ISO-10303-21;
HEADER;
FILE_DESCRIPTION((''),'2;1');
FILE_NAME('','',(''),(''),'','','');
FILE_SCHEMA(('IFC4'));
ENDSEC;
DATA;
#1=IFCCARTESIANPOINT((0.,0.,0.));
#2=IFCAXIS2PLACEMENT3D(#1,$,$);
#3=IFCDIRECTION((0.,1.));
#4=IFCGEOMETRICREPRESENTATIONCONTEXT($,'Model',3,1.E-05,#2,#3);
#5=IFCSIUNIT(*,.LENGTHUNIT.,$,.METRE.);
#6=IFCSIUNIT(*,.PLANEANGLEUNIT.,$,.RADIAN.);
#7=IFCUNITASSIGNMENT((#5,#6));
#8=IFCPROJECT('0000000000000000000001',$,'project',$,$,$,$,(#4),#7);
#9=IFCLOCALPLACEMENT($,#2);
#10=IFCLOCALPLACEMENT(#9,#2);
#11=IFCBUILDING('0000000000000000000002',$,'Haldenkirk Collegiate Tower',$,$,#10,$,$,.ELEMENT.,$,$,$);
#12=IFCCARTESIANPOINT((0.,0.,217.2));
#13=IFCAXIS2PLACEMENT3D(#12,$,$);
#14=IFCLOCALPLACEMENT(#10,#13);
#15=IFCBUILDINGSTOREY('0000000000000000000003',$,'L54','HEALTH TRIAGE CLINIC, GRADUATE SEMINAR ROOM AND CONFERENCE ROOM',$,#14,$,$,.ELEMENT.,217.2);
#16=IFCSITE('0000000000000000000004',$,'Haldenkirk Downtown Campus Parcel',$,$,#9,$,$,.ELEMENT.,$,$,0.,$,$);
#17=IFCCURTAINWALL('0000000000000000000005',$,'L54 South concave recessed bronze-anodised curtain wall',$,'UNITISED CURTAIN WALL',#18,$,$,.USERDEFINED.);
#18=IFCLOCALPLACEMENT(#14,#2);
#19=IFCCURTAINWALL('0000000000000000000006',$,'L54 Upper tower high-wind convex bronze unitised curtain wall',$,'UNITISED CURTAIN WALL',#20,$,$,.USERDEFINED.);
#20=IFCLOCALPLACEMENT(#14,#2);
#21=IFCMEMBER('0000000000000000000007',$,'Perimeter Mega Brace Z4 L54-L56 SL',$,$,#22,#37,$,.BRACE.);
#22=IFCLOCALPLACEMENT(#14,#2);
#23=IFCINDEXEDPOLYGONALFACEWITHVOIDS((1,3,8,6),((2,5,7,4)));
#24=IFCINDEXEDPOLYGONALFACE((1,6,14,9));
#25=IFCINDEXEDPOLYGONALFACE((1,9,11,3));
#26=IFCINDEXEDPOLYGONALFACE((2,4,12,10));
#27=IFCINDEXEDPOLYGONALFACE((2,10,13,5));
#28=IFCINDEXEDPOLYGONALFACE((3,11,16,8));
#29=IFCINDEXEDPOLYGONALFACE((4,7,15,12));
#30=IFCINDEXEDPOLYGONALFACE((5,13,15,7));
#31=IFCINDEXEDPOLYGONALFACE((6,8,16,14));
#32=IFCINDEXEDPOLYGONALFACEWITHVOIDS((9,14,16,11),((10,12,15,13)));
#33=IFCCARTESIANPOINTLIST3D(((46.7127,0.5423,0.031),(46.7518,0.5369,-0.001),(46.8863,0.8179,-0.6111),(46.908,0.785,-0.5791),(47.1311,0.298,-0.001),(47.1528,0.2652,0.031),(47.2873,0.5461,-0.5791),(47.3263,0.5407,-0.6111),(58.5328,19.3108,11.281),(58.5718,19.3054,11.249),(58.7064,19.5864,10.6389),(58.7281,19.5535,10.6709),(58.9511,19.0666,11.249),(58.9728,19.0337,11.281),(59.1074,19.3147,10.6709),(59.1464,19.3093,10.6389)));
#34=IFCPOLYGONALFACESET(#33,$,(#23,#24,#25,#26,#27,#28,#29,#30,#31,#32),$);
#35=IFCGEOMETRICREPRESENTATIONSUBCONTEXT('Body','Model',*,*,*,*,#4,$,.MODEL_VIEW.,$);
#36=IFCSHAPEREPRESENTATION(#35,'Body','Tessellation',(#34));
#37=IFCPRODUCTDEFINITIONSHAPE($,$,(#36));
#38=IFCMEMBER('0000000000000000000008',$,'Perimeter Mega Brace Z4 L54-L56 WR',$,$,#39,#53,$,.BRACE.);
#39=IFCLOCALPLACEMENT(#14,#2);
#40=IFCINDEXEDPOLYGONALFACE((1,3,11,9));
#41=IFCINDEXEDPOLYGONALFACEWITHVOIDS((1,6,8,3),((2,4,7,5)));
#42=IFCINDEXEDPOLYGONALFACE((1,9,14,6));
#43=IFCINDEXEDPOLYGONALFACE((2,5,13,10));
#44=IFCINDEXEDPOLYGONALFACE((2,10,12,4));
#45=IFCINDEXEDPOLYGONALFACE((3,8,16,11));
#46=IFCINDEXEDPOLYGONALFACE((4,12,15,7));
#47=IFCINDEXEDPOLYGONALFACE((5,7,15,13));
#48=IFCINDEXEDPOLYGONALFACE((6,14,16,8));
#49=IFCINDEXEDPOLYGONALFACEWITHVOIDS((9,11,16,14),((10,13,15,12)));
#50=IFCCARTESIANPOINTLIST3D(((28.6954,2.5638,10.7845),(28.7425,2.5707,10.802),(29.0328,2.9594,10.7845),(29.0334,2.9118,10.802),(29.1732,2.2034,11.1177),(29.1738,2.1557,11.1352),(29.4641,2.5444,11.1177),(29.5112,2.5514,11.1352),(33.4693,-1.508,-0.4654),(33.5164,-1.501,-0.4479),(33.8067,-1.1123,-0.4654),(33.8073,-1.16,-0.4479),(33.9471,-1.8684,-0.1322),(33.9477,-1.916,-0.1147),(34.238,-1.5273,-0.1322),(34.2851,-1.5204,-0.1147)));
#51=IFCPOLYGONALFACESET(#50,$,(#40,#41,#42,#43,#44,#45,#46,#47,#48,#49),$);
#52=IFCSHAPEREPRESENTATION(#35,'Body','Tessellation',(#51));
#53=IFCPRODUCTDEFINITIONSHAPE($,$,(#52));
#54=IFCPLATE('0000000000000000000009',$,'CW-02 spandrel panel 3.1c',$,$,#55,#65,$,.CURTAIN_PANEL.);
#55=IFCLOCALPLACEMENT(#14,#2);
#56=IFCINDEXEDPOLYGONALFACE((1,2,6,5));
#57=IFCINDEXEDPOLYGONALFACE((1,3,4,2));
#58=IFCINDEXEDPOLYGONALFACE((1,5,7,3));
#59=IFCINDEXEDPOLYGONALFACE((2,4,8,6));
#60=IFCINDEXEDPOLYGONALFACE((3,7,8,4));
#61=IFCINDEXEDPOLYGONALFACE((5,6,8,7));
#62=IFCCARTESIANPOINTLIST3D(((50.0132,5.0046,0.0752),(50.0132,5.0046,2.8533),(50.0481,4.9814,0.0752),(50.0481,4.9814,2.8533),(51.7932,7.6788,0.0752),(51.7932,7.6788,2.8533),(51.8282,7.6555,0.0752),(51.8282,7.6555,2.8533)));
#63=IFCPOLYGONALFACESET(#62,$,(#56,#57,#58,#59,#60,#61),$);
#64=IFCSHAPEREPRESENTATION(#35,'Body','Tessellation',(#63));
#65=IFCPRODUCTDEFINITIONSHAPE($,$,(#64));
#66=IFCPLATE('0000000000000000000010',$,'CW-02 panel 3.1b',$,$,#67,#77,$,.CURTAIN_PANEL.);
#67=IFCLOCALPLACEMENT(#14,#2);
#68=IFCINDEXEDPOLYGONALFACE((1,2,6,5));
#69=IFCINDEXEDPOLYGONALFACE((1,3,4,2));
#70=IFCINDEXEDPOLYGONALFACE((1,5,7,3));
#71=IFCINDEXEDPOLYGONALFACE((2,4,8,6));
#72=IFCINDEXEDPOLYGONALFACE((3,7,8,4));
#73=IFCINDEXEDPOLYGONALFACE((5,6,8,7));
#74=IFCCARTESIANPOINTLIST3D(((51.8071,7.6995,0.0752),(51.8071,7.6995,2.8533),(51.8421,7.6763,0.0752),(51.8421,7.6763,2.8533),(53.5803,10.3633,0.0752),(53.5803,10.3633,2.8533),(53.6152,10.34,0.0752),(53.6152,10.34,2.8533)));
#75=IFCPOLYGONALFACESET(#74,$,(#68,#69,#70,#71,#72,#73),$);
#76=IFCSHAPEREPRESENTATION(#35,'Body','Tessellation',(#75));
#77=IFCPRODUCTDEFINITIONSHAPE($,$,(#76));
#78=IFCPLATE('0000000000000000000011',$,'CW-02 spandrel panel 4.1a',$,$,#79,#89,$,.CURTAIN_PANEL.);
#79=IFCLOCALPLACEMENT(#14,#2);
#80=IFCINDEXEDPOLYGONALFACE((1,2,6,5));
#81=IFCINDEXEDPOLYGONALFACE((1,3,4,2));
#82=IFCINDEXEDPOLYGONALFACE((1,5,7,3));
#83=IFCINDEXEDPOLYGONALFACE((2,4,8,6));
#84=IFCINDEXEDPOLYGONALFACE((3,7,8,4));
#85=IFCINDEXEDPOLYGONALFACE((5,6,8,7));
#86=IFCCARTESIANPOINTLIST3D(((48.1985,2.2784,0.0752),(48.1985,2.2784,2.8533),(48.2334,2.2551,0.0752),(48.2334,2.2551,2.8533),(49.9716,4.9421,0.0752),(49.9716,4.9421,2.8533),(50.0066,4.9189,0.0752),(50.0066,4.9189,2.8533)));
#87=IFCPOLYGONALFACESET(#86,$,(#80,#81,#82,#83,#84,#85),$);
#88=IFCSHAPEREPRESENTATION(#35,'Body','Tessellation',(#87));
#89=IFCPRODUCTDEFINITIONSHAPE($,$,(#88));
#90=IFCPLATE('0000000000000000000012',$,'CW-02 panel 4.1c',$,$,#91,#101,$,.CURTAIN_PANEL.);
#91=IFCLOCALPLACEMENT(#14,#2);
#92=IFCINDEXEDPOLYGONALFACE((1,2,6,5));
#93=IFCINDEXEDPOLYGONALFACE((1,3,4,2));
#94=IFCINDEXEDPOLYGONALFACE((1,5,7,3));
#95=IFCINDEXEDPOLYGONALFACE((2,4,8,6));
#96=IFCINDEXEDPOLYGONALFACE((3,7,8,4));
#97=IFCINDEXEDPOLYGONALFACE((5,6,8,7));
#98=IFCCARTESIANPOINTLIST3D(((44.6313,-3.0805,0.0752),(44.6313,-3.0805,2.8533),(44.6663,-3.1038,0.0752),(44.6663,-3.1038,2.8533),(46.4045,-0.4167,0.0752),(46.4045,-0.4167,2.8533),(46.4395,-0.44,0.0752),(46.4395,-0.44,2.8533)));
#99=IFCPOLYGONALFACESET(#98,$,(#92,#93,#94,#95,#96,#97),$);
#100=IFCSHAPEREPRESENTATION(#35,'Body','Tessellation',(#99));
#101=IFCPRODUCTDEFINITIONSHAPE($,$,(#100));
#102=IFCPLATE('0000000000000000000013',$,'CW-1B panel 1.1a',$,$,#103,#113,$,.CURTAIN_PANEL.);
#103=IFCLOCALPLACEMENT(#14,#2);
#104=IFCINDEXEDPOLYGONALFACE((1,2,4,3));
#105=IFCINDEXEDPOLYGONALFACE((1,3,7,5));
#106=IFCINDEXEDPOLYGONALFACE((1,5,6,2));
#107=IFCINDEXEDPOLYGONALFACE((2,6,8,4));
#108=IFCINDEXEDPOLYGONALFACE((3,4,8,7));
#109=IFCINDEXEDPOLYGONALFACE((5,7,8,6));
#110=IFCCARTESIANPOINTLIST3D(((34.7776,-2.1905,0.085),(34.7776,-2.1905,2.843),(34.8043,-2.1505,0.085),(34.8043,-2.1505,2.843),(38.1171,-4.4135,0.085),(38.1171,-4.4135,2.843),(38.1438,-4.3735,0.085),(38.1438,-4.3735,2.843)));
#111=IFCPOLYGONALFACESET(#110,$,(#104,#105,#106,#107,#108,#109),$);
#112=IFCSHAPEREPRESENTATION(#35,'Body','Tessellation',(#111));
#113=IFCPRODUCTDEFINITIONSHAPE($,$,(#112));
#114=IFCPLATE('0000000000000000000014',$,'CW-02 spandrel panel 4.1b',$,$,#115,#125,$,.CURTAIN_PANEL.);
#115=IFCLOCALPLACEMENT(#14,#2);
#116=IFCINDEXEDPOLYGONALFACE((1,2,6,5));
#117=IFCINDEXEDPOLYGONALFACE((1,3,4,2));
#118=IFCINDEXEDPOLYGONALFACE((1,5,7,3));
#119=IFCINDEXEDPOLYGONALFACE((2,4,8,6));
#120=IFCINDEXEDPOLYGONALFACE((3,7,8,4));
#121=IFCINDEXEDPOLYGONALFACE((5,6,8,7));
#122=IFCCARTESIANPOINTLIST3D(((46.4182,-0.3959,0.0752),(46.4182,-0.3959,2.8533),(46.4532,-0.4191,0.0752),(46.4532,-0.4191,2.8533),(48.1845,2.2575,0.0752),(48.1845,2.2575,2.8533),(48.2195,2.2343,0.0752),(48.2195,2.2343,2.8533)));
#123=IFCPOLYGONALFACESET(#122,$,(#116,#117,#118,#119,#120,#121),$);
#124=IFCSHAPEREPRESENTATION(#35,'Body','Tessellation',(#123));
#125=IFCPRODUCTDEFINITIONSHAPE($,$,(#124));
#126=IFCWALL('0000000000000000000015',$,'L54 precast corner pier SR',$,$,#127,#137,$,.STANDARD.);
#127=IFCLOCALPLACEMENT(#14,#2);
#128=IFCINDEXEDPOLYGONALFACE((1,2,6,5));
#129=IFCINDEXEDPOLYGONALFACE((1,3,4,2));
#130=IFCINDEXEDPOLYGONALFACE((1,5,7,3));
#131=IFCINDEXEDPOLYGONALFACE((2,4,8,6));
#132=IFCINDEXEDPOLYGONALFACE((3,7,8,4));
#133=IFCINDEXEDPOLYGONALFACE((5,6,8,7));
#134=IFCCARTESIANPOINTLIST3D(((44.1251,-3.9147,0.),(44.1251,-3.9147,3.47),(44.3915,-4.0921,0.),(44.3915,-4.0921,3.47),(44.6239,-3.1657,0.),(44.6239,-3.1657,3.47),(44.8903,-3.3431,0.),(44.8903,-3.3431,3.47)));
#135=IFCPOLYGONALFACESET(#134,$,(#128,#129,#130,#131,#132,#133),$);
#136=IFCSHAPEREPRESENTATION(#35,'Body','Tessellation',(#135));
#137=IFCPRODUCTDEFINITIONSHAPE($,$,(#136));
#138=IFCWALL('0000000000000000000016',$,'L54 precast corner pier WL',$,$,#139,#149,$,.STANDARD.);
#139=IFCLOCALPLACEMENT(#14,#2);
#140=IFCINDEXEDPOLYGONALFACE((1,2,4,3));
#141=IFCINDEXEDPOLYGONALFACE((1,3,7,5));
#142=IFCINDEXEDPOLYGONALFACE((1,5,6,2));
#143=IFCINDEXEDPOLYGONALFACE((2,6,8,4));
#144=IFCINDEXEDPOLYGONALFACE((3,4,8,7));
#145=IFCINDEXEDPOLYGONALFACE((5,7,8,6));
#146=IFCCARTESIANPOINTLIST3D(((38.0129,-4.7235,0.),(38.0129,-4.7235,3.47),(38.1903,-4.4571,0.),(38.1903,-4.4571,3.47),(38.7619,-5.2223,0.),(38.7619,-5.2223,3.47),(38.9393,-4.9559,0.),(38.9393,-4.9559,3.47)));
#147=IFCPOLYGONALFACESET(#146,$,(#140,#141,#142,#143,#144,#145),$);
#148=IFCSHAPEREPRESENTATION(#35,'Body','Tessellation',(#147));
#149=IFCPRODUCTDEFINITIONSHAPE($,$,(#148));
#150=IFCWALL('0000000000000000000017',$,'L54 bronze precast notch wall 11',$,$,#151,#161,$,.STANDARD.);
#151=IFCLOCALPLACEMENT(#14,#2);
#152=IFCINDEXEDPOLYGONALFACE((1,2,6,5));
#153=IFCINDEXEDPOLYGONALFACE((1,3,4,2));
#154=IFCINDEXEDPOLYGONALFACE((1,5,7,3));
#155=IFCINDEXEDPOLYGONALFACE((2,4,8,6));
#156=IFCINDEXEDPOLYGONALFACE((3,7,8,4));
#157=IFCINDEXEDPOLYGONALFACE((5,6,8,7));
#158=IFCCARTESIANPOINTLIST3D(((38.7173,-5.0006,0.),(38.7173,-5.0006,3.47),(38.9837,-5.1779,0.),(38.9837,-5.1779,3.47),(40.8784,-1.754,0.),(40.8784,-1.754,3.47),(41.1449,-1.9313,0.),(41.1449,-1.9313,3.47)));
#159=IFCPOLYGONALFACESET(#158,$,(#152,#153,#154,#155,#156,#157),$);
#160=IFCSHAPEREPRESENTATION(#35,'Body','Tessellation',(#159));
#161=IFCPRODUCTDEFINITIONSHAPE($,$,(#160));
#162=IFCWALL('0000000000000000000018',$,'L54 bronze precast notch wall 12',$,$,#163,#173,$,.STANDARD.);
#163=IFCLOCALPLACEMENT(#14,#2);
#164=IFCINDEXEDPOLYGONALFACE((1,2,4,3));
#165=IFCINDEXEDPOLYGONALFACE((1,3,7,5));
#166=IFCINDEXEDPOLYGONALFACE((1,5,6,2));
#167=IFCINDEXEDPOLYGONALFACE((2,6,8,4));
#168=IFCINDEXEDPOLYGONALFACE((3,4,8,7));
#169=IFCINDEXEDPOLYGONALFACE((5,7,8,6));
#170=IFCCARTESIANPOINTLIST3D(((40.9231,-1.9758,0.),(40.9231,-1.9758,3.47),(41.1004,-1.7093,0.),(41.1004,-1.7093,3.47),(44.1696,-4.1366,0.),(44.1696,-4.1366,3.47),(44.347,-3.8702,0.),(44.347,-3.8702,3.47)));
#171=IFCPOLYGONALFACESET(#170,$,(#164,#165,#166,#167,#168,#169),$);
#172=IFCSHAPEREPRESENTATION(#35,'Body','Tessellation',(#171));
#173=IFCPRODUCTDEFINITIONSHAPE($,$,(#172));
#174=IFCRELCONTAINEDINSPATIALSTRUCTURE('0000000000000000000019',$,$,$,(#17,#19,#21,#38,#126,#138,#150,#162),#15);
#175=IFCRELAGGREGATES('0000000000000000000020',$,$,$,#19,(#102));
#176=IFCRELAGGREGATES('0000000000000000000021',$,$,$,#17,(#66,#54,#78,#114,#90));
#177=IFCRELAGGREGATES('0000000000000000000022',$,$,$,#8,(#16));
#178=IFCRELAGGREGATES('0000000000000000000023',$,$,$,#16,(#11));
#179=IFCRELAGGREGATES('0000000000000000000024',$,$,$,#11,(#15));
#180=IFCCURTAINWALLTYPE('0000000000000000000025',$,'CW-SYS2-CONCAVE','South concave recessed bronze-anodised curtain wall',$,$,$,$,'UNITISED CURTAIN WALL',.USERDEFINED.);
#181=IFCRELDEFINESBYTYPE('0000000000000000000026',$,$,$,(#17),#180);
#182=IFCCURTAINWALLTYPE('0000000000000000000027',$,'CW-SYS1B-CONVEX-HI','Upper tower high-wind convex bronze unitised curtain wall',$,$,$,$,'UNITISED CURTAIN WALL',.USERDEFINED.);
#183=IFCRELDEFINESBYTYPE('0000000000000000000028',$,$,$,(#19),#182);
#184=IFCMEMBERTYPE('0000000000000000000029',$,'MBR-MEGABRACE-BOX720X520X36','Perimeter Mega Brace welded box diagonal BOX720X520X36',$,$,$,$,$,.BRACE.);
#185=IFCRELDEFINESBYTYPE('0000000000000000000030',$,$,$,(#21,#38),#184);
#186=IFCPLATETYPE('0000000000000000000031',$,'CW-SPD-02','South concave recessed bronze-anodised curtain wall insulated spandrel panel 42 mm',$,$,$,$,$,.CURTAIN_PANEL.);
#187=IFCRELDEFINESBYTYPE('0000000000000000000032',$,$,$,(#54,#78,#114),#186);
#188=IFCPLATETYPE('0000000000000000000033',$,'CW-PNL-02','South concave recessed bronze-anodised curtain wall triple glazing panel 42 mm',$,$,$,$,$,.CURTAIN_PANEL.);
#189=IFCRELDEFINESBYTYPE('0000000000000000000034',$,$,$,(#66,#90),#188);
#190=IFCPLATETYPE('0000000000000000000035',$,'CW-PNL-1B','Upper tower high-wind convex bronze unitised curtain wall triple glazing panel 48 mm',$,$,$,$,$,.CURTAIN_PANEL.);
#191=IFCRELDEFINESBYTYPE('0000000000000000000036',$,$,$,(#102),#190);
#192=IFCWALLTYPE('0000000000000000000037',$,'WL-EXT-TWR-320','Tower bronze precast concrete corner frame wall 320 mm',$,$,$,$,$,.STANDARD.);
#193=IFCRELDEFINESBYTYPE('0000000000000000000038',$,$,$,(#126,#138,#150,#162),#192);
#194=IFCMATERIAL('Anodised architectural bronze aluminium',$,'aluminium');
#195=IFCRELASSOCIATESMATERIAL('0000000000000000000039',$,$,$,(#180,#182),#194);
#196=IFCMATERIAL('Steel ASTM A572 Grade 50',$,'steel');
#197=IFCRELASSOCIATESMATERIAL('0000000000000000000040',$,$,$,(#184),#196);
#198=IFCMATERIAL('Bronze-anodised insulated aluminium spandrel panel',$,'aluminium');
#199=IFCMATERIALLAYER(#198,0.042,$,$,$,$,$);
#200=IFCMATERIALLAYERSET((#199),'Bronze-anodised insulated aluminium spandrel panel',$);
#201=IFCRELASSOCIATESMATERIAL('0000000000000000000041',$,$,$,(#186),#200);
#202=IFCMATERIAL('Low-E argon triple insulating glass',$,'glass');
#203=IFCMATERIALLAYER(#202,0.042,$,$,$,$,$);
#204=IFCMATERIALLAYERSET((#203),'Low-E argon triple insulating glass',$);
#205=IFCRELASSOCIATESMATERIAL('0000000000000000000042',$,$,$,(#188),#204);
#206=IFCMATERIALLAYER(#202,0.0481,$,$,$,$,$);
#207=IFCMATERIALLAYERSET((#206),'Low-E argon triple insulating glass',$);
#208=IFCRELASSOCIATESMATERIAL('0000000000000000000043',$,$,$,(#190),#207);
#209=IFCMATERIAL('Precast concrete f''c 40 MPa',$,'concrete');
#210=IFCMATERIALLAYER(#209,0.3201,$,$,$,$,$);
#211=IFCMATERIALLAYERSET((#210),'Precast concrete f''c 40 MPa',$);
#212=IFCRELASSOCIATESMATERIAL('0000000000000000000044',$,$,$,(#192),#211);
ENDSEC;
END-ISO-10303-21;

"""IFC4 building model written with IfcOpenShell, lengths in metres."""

from ifc_helpers import new_model, si_unit, direction, frame, frame_2d, origin, origin_2d, place, context, subcontext, project, spatial, rectangle, hollow_rectangle, extrude, source, transform, mapped, material, layer, layer_set, material_profile, profile_set, type_object, element, aggregate, save


model = new_model("IFC4")

# Units and contexts
model_context = context("Model", 3, precision=1e-05, world=origin(), true_north=direction((0.0, 1.0)))
body_context = subcontext(model_context, "Body", "Model", "MODEL_VIEW")
ifc_project = project(units=[si_unit("LENGTHUNIT", "METRE"), si_unit("PLANEANGLEUNIT", "RADIAN")], contexts=[model_context])

# Site, building, storey
site_placement = place(None, origin())
site = spatial("IfcSite", under=ifc_project, at=site_placement, Name="Haldenkirk Downtown Campus Parcel", CompositionType="ELEMENT", RefElevation=0.0)
building_placement = place(site_placement, origin())
building = spatial("IfcBuilding", under=site, at=building_placement, Name="Haldenkirk Collegiate Tower", CompositionType="ELEMENT")
storey_placement = place(building_placement, frame((0.0, 0.0, 217.2)))
storey = spatial("IfcBuildingStorey", under=building, at=storey_placement, Name="L54", Description="HEALTH TRIAGE CLINIC, GRADUATE SEMINAR ROOM AND CONFERENCE ROOM", CompositionType="ELEMENT", Elevation=217.2)

# Shared definitions
ifc_material_1 = material(Name="Steel ASTM A572 Grade 50", Category="steel")

# Curtain wall
ifc_material_2 = material(Name="Anodised architectural bronze aluminium", Category="aluminium")
curtain_wall_type_1 = type_object("IfcCurtainWallType", Name="CW-SYS2-CONCAVE", Description="South concave recessed bronze-anodised curtain wall", ElementType="UNITISED CURTAIN WALL", PredefinedType="USERDEFINED", material=ifc_material_2)
curtain_wall_1_placement = place(storey_placement, origin())
curtain_wall_1 = element("IfcCurtainWall", 1, at=curtain_wall_1_placement, inside=storey, type_object=curtain_wall_type_1, Name="L54 South concave recessed bronze-anodised curtain wall", ObjectType="UNITISED CURTAIN WALL", PredefinedType="USERDEFINED")

# Curtain wall
curtain_wall_type_2 = type_object("IfcCurtainWallType", Name="CW-SYS1B-CONVEX-HI", Description="Upper tower high-wind convex bronze unitised curtain wall", ElementType="UNITISED CURTAIN WALL", PredefinedType="USERDEFINED", material=ifc_material_2)
curtain_wall_2_placement = place(storey_placement, origin())
curtain_wall_2 = element("IfcCurtainWall", 2, at=curtain_wall_2_placement, inside=storey, type_object=curtain_wall_type_2, Name="L54 Upper tower high-wind convex bronze unitised curtain wall", ObjectType="UNITISED CURTAIN WALL", PredefinedType="USERDEFINED")

# Members
ifc_material_profile_1 = material_profile(ifc_material_1, hollow_rectangle(XDim=0.52, YDim=0.72, WallThickness=0.0359, at=origin_2d()), Name="BOX720X520X36")
ifc_profile_set_1 = profile_set([ifc_material_profile_1], Name="Steel ASTM A572 Grade 50")
member_type_1 = type_object("IfcMemberType", Name="MBR-MEGABRACE-BOX720X520X36", Description="Perimeter Mega Brace welded box diagonal BOX720X520X36", PredefinedType="BRACE", material=ifc_profile_set_1)
member_1_placement = place(storey_placement, frame((47.0195, 0.5415, -0.29), z_axis=(0.475267, 0.754655, 0.452346), x_axis=(-0.846175, 0.532905, 0.0)))
element("IfcMember", 3, at=member_1_placement, inside=storey, type_object=member_type_1, Name="Perimeter Mega Brace Z4 L54-L56 SL", PredefinedType="BRACE", context=body_context, shape_type="SweptSolid", body=[
    extrude(hollow_rectangle(XDim=0.52, YDim=0.72, WallThickness=0.0359, at=origin_2d()), origin(), (0.0, 0.0, 1.0), 24.8704),
])
member_2_placement = place(storey_placement, frame((33.8772, -1.5142, -0.29), z_axis=(-0.370604, 0.316096, 0.873348), x_axis=(-0.648937, -0.760842, 0.0)))
element("IfcMember", 4, at=member_2_placement, inside=storey, type_object=member_type_1, Name="Perimeter Mega Brace Z4 L54-L56 WR", PredefinedType="BRACE", context=body_context, shape_type="SweptSolid", body=[
    extrude(hollow_rectangle(XDim=0.52, YDim=0.72, WallThickness=0.0359, at=origin_2d()), origin(), (0.0, 0.0, 1.0), 12.8813),
])

# Plates
ifc_material_3 = material(Name="Bronze-anodised insulated aluminium spandrel panel", Category="aluminium")
ifc_layer_1 = layer(ifc_material_3, 0.042)
ifc_layer_set_1 = layer_set([ifc_layer_1], Name="Bronze-anodised insulated aluminium spandrel panel")
plate_type_1 = type_object("IfcPlateType", Name="CW-SPD-02", Description="South concave recessed bronze-anodised curtain wall insulated spandrel panel 42 mm", PredefinedType="CURTAIN_PANEL", material=ifc_layer_set_1)
shared_shape_1 = source(origin(), body_context, "Body", "SweptSolid", [
    extrude(rectangle(XDim=3.2124, YDim=0.042, at=origin_2d()), origin(), (0.0, 0.0, 1.0), 2.7781),
])
plate_1_placement = place(storey_placement, frame((50.9207, 6.3301, 0.0752), z_axis=(0.0, 0.0, 1.0), x_axis=(-0.554118, -0.832438, 0.0)))
plate_1 = element("IfcPlate", 5, at=plate_1_placement, type_object=plate_type_1, Name="CW-02 spandrel panel 3.1c", PredefinedType="CURTAIN_PANEL", context=body_context, shape_type="MappedRepresentation", body=[
    mapped(shared_shape_1, transform((0.0, 0.0, 0.0), x_axis=(1.0, 0.0, 0.0), y_axis=(0.0, 1.0, 0.0), z_axis=(0.0, 0.0, 1.0), scale=1.0)),
])
ifc_material_4 = material(Name="Low-E argon triple insulating glass", Category="glass")
ifc_layer_2 = layer(ifc_material_4, 0.042)
ifc_layer_set_2 = layer_set([ifc_layer_2], Name="Low-E argon triple insulating glass")
plate_type_2 = type_object("IfcPlateType", Name="CW-PNL-02", Description="South concave recessed bronze-anodised curtain wall triple glazing panel 42 mm", PredefinedType="CURTAIN_PANEL", material=ifc_layer_set_2)
shared_shape_2 = source(origin(), body_context, "Body", "SweptSolid", [
    extrude(rectangle(XDim=3.2, YDim=0.042, at=origin_2d()), origin(), (0.0, 0.0, 1.0), 2.7781),
])
plate_2_placement = place(storey_placement, frame((52.7112, 9.0198, 0.0752), z_axis=(0.0, 0.0, 1.0), x_axis=(-0.554118, -0.832438, 0.0)))
plate_2 = element("IfcPlate", 6, at=plate_2_placement, type_object=plate_type_2, Name="CW-02 panel 3.1b", PredefinedType="CURTAIN_PANEL", context=body_context, shape_type="MappedRepresentation", body=[
    mapped(shared_shape_2, transform((0.0, 0.0, 0.0), x_axis=(1.0, 0.0, 0.0), y_axis=(0.0, 1.0, 0.0), z_axis=(0.0, 0.0, 1.0), scale=1.0)),
])
plate_3_placement = place(storey_placement, frame((49.1025, 3.5986, 0.0752), z_axis=(0.0, 0.0, 1.0), x_axis=(-0.554118, -0.832438, 0.0)))
plate_3 = element("IfcPlate", 7, at=plate_3_placement, type_object=plate_type_1, Name="CW-02 spandrel panel 4.1a", PredefinedType="CURTAIN_PANEL", context=body_context, shape_type="MappedRepresentation", body=[
    mapped(shared_shape_2, transform((0.0, 0.0, 0.0), x_axis=(1.0, 0.0, 0.0), y_axis=(0.0, 1.0, 0.0), z_axis=(0.0, 0.0, 1.0), scale=1.0)),
])
plate_4_placement = place(storey_placement, frame((45.5354, -1.7603, 0.0752), z_axis=(0.0, 0.0, 1.0), x_axis=(-0.554118, -0.832438, 0.0)))
plate_4 = element("IfcPlate", 8, at=plate_4_placement, type_object=plate_type_2, Name="CW-02 panel 4.1c", PredefinedType="CURTAIN_PANEL", context=body_context, shape_type="MappedRepresentation", body=[
    mapped(shared_shape_2, transform((0.0, 0.0, 0.0), x_axis=(1.0, 0.0, 0.0), y_axis=(0.0, 1.0, 0.0), z_axis=(0.0, 0.0, 1.0), scale=1.0)),
])
ifc_layer_3 = layer(ifc_material_4, 0.0481)
ifc_layer_set_3 = layer_set([ifc_layer_3], Name="Low-E argon triple insulating glass")
plate_type_3 = type_object("IfcPlateType", Name="CW-PNL-1B", Description="Upper tower high-wind convex bronze unitised curtain wall triple glazing panel 48 mm", PredefinedType="CURTAIN_PANEL", material=ifc_layer_set_3)
shared_shape_3 = source(origin(), body_context, "Body", "SweptSolid", [
    extrude(rectangle(XDim=4.0117, YDim=0.0481, at=origin_2d()), origin(), (0.0, 0.0, 1.0), 2.7581),
])
plate_5_placement = place(storey_placement, frame((36.4607, -3.282, 0.085), z_axis=(0.0, 0.0, 1.0), x_axis=(-0.832437, 0.55412, 0.0)))
plate_5 = element("IfcPlate", 9, at=plate_5_placement, type_object=plate_type_3, Name="CW-1B panel 1.1a", PredefinedType="CURTAIN_PANEL", context=body_context, shape_type="MappedRepresentation", body=[
    mapped(shared_shape_3, transform((0.0, 0.0, 0.0), x_axis=(1.0, 0.0, 0.0), y_axis=(0.0, 1.0, 0.0), z_axis=(0.0, 0.0, 1.0), scale=1.0)),
])
aggregate(curtain_wall_2, [plate_5])
shared_shape_4 = source(origin(), body_context, "Body", "SweptSolid", [
    extrude(rectangle(XDim=3.1875, YDim=0.042, at=origin_2d()), origin(), (0.0, 0.0, 1.0), 2.7781),
])
plate_6_placement = place(storey_placement, frame((47.3188, 0.9192, 0.0752), z_axis=(0.0, 0.0, 1.0), x_axis=(-0.554118, -0.832438, 0.0)))
plate_6 = element("IfcPlate", 10, at=plate_6_placement, type_object=plate_type_1, Name="CW-02 spandrel panel 4.1b", PredefinedType="CURTAIN_PANEL", context=body_context, shape_type="MappedRepresentation", body=[
    mapped(shared_shape_4, transform((0.0, 0.0, 0.0), x_axis=(1.0, 0.0, 0.0), y_axis=(0.0, 1.0, 0.0), z_axis=(0.0, 0.0, 1.0), scale=1.0)),
])
aggregate(curtain_wall_1, [plate_2, plate_1, plate_3, plate_6, plate_4])

# Walls
ifc_material_5 = material(Name="Precast concrete f'c 40 MPa", Category="concrete")
ifc_layer_4 = layer(ifc_material_5, 0.3201)
ifc_layer_set_4 = layer_set([ifc_layer_4], Name="Precast concrete f'c 40 MPa")
wall_type_1 = type_object("IfcWallType", Name="WL-EXT-TWR-320", Description="Tower bronze precast concrete corner frame wall 320 mm", PredefinedType="STANDARD", material=ifc_layer_set_4)
for number, where, z_axis, x_axis, name in (
    (11, (44.7571, -3.2544, 0.0), (0.0, 0.0, 1.0), (-0.554262, -0.832342, 0.0), "L54 precast corner pier SR"),
    (12, (38.8506, -5.0891, 0.0), (0.0, 0.0, 1.0), (-0.832342, 0.554262, 0.0), "L54 precast corner pier WL"),
):
    element("IfcWall", number, at=place(storey_placement, frame(where, z_axis=z_axis, x_axis=x_axis)), inside=storey, type_object=wall_type_1, Name=name, PredefinedType="STANDARD", context=body_context, shape_type="SweptSolid", body=[
        extrude(rectangle(XDim=0.8999, YDim=0.3201, at=frame_2d((0.45, 0.0))), origin(), (0.0, 0.0, 1.0), 3.47),
    ])
wall_1_placement = place(storey_placement, frame((41.0117, -1.8425, 0.0), z_axis=(0.0, 0.0, 1.0), x_axis=(-0.554122, -0.832435, 0.0)))
element("IfcWall", 13, at=wall_1_placement, inside=storey, type_object=wall_type_1, Name="L54 bronze precast notch wall 11", PredefinedType="STANDARD", context=body_context, shape_type="SweptSolid", body=[
    extrude(rectangle(XDim=3.9001, YDim=0.3201, at=frame_2d((1.9502, 0.0))), origin(), (0.0, 0.0, 1.0), 3.47),
])
wall_2_placement = place(storey_placement, frame((44.2583, -4.0034, 0.0), z_axis=(0.0, 0.0, 1.0), x_axis=(-0.832464, 0.554079, 0.0)))
element("IfcWall", 14, at=wall_2_placement, inside=storey, type_object=wall_type_1, Name="L54 bronze precast notch wall 12", PredefinedType="STANDARD", context=body_context, shape_type="SweptSolid", body=[
    extrude(rectangle(XDim=3.8999, YDim=0.3201, at=frame_2d((1.95, 0.0))), origin(), (0.0, 0.0, 1.0), 3.47),
])

save(model, "model.ifc")
